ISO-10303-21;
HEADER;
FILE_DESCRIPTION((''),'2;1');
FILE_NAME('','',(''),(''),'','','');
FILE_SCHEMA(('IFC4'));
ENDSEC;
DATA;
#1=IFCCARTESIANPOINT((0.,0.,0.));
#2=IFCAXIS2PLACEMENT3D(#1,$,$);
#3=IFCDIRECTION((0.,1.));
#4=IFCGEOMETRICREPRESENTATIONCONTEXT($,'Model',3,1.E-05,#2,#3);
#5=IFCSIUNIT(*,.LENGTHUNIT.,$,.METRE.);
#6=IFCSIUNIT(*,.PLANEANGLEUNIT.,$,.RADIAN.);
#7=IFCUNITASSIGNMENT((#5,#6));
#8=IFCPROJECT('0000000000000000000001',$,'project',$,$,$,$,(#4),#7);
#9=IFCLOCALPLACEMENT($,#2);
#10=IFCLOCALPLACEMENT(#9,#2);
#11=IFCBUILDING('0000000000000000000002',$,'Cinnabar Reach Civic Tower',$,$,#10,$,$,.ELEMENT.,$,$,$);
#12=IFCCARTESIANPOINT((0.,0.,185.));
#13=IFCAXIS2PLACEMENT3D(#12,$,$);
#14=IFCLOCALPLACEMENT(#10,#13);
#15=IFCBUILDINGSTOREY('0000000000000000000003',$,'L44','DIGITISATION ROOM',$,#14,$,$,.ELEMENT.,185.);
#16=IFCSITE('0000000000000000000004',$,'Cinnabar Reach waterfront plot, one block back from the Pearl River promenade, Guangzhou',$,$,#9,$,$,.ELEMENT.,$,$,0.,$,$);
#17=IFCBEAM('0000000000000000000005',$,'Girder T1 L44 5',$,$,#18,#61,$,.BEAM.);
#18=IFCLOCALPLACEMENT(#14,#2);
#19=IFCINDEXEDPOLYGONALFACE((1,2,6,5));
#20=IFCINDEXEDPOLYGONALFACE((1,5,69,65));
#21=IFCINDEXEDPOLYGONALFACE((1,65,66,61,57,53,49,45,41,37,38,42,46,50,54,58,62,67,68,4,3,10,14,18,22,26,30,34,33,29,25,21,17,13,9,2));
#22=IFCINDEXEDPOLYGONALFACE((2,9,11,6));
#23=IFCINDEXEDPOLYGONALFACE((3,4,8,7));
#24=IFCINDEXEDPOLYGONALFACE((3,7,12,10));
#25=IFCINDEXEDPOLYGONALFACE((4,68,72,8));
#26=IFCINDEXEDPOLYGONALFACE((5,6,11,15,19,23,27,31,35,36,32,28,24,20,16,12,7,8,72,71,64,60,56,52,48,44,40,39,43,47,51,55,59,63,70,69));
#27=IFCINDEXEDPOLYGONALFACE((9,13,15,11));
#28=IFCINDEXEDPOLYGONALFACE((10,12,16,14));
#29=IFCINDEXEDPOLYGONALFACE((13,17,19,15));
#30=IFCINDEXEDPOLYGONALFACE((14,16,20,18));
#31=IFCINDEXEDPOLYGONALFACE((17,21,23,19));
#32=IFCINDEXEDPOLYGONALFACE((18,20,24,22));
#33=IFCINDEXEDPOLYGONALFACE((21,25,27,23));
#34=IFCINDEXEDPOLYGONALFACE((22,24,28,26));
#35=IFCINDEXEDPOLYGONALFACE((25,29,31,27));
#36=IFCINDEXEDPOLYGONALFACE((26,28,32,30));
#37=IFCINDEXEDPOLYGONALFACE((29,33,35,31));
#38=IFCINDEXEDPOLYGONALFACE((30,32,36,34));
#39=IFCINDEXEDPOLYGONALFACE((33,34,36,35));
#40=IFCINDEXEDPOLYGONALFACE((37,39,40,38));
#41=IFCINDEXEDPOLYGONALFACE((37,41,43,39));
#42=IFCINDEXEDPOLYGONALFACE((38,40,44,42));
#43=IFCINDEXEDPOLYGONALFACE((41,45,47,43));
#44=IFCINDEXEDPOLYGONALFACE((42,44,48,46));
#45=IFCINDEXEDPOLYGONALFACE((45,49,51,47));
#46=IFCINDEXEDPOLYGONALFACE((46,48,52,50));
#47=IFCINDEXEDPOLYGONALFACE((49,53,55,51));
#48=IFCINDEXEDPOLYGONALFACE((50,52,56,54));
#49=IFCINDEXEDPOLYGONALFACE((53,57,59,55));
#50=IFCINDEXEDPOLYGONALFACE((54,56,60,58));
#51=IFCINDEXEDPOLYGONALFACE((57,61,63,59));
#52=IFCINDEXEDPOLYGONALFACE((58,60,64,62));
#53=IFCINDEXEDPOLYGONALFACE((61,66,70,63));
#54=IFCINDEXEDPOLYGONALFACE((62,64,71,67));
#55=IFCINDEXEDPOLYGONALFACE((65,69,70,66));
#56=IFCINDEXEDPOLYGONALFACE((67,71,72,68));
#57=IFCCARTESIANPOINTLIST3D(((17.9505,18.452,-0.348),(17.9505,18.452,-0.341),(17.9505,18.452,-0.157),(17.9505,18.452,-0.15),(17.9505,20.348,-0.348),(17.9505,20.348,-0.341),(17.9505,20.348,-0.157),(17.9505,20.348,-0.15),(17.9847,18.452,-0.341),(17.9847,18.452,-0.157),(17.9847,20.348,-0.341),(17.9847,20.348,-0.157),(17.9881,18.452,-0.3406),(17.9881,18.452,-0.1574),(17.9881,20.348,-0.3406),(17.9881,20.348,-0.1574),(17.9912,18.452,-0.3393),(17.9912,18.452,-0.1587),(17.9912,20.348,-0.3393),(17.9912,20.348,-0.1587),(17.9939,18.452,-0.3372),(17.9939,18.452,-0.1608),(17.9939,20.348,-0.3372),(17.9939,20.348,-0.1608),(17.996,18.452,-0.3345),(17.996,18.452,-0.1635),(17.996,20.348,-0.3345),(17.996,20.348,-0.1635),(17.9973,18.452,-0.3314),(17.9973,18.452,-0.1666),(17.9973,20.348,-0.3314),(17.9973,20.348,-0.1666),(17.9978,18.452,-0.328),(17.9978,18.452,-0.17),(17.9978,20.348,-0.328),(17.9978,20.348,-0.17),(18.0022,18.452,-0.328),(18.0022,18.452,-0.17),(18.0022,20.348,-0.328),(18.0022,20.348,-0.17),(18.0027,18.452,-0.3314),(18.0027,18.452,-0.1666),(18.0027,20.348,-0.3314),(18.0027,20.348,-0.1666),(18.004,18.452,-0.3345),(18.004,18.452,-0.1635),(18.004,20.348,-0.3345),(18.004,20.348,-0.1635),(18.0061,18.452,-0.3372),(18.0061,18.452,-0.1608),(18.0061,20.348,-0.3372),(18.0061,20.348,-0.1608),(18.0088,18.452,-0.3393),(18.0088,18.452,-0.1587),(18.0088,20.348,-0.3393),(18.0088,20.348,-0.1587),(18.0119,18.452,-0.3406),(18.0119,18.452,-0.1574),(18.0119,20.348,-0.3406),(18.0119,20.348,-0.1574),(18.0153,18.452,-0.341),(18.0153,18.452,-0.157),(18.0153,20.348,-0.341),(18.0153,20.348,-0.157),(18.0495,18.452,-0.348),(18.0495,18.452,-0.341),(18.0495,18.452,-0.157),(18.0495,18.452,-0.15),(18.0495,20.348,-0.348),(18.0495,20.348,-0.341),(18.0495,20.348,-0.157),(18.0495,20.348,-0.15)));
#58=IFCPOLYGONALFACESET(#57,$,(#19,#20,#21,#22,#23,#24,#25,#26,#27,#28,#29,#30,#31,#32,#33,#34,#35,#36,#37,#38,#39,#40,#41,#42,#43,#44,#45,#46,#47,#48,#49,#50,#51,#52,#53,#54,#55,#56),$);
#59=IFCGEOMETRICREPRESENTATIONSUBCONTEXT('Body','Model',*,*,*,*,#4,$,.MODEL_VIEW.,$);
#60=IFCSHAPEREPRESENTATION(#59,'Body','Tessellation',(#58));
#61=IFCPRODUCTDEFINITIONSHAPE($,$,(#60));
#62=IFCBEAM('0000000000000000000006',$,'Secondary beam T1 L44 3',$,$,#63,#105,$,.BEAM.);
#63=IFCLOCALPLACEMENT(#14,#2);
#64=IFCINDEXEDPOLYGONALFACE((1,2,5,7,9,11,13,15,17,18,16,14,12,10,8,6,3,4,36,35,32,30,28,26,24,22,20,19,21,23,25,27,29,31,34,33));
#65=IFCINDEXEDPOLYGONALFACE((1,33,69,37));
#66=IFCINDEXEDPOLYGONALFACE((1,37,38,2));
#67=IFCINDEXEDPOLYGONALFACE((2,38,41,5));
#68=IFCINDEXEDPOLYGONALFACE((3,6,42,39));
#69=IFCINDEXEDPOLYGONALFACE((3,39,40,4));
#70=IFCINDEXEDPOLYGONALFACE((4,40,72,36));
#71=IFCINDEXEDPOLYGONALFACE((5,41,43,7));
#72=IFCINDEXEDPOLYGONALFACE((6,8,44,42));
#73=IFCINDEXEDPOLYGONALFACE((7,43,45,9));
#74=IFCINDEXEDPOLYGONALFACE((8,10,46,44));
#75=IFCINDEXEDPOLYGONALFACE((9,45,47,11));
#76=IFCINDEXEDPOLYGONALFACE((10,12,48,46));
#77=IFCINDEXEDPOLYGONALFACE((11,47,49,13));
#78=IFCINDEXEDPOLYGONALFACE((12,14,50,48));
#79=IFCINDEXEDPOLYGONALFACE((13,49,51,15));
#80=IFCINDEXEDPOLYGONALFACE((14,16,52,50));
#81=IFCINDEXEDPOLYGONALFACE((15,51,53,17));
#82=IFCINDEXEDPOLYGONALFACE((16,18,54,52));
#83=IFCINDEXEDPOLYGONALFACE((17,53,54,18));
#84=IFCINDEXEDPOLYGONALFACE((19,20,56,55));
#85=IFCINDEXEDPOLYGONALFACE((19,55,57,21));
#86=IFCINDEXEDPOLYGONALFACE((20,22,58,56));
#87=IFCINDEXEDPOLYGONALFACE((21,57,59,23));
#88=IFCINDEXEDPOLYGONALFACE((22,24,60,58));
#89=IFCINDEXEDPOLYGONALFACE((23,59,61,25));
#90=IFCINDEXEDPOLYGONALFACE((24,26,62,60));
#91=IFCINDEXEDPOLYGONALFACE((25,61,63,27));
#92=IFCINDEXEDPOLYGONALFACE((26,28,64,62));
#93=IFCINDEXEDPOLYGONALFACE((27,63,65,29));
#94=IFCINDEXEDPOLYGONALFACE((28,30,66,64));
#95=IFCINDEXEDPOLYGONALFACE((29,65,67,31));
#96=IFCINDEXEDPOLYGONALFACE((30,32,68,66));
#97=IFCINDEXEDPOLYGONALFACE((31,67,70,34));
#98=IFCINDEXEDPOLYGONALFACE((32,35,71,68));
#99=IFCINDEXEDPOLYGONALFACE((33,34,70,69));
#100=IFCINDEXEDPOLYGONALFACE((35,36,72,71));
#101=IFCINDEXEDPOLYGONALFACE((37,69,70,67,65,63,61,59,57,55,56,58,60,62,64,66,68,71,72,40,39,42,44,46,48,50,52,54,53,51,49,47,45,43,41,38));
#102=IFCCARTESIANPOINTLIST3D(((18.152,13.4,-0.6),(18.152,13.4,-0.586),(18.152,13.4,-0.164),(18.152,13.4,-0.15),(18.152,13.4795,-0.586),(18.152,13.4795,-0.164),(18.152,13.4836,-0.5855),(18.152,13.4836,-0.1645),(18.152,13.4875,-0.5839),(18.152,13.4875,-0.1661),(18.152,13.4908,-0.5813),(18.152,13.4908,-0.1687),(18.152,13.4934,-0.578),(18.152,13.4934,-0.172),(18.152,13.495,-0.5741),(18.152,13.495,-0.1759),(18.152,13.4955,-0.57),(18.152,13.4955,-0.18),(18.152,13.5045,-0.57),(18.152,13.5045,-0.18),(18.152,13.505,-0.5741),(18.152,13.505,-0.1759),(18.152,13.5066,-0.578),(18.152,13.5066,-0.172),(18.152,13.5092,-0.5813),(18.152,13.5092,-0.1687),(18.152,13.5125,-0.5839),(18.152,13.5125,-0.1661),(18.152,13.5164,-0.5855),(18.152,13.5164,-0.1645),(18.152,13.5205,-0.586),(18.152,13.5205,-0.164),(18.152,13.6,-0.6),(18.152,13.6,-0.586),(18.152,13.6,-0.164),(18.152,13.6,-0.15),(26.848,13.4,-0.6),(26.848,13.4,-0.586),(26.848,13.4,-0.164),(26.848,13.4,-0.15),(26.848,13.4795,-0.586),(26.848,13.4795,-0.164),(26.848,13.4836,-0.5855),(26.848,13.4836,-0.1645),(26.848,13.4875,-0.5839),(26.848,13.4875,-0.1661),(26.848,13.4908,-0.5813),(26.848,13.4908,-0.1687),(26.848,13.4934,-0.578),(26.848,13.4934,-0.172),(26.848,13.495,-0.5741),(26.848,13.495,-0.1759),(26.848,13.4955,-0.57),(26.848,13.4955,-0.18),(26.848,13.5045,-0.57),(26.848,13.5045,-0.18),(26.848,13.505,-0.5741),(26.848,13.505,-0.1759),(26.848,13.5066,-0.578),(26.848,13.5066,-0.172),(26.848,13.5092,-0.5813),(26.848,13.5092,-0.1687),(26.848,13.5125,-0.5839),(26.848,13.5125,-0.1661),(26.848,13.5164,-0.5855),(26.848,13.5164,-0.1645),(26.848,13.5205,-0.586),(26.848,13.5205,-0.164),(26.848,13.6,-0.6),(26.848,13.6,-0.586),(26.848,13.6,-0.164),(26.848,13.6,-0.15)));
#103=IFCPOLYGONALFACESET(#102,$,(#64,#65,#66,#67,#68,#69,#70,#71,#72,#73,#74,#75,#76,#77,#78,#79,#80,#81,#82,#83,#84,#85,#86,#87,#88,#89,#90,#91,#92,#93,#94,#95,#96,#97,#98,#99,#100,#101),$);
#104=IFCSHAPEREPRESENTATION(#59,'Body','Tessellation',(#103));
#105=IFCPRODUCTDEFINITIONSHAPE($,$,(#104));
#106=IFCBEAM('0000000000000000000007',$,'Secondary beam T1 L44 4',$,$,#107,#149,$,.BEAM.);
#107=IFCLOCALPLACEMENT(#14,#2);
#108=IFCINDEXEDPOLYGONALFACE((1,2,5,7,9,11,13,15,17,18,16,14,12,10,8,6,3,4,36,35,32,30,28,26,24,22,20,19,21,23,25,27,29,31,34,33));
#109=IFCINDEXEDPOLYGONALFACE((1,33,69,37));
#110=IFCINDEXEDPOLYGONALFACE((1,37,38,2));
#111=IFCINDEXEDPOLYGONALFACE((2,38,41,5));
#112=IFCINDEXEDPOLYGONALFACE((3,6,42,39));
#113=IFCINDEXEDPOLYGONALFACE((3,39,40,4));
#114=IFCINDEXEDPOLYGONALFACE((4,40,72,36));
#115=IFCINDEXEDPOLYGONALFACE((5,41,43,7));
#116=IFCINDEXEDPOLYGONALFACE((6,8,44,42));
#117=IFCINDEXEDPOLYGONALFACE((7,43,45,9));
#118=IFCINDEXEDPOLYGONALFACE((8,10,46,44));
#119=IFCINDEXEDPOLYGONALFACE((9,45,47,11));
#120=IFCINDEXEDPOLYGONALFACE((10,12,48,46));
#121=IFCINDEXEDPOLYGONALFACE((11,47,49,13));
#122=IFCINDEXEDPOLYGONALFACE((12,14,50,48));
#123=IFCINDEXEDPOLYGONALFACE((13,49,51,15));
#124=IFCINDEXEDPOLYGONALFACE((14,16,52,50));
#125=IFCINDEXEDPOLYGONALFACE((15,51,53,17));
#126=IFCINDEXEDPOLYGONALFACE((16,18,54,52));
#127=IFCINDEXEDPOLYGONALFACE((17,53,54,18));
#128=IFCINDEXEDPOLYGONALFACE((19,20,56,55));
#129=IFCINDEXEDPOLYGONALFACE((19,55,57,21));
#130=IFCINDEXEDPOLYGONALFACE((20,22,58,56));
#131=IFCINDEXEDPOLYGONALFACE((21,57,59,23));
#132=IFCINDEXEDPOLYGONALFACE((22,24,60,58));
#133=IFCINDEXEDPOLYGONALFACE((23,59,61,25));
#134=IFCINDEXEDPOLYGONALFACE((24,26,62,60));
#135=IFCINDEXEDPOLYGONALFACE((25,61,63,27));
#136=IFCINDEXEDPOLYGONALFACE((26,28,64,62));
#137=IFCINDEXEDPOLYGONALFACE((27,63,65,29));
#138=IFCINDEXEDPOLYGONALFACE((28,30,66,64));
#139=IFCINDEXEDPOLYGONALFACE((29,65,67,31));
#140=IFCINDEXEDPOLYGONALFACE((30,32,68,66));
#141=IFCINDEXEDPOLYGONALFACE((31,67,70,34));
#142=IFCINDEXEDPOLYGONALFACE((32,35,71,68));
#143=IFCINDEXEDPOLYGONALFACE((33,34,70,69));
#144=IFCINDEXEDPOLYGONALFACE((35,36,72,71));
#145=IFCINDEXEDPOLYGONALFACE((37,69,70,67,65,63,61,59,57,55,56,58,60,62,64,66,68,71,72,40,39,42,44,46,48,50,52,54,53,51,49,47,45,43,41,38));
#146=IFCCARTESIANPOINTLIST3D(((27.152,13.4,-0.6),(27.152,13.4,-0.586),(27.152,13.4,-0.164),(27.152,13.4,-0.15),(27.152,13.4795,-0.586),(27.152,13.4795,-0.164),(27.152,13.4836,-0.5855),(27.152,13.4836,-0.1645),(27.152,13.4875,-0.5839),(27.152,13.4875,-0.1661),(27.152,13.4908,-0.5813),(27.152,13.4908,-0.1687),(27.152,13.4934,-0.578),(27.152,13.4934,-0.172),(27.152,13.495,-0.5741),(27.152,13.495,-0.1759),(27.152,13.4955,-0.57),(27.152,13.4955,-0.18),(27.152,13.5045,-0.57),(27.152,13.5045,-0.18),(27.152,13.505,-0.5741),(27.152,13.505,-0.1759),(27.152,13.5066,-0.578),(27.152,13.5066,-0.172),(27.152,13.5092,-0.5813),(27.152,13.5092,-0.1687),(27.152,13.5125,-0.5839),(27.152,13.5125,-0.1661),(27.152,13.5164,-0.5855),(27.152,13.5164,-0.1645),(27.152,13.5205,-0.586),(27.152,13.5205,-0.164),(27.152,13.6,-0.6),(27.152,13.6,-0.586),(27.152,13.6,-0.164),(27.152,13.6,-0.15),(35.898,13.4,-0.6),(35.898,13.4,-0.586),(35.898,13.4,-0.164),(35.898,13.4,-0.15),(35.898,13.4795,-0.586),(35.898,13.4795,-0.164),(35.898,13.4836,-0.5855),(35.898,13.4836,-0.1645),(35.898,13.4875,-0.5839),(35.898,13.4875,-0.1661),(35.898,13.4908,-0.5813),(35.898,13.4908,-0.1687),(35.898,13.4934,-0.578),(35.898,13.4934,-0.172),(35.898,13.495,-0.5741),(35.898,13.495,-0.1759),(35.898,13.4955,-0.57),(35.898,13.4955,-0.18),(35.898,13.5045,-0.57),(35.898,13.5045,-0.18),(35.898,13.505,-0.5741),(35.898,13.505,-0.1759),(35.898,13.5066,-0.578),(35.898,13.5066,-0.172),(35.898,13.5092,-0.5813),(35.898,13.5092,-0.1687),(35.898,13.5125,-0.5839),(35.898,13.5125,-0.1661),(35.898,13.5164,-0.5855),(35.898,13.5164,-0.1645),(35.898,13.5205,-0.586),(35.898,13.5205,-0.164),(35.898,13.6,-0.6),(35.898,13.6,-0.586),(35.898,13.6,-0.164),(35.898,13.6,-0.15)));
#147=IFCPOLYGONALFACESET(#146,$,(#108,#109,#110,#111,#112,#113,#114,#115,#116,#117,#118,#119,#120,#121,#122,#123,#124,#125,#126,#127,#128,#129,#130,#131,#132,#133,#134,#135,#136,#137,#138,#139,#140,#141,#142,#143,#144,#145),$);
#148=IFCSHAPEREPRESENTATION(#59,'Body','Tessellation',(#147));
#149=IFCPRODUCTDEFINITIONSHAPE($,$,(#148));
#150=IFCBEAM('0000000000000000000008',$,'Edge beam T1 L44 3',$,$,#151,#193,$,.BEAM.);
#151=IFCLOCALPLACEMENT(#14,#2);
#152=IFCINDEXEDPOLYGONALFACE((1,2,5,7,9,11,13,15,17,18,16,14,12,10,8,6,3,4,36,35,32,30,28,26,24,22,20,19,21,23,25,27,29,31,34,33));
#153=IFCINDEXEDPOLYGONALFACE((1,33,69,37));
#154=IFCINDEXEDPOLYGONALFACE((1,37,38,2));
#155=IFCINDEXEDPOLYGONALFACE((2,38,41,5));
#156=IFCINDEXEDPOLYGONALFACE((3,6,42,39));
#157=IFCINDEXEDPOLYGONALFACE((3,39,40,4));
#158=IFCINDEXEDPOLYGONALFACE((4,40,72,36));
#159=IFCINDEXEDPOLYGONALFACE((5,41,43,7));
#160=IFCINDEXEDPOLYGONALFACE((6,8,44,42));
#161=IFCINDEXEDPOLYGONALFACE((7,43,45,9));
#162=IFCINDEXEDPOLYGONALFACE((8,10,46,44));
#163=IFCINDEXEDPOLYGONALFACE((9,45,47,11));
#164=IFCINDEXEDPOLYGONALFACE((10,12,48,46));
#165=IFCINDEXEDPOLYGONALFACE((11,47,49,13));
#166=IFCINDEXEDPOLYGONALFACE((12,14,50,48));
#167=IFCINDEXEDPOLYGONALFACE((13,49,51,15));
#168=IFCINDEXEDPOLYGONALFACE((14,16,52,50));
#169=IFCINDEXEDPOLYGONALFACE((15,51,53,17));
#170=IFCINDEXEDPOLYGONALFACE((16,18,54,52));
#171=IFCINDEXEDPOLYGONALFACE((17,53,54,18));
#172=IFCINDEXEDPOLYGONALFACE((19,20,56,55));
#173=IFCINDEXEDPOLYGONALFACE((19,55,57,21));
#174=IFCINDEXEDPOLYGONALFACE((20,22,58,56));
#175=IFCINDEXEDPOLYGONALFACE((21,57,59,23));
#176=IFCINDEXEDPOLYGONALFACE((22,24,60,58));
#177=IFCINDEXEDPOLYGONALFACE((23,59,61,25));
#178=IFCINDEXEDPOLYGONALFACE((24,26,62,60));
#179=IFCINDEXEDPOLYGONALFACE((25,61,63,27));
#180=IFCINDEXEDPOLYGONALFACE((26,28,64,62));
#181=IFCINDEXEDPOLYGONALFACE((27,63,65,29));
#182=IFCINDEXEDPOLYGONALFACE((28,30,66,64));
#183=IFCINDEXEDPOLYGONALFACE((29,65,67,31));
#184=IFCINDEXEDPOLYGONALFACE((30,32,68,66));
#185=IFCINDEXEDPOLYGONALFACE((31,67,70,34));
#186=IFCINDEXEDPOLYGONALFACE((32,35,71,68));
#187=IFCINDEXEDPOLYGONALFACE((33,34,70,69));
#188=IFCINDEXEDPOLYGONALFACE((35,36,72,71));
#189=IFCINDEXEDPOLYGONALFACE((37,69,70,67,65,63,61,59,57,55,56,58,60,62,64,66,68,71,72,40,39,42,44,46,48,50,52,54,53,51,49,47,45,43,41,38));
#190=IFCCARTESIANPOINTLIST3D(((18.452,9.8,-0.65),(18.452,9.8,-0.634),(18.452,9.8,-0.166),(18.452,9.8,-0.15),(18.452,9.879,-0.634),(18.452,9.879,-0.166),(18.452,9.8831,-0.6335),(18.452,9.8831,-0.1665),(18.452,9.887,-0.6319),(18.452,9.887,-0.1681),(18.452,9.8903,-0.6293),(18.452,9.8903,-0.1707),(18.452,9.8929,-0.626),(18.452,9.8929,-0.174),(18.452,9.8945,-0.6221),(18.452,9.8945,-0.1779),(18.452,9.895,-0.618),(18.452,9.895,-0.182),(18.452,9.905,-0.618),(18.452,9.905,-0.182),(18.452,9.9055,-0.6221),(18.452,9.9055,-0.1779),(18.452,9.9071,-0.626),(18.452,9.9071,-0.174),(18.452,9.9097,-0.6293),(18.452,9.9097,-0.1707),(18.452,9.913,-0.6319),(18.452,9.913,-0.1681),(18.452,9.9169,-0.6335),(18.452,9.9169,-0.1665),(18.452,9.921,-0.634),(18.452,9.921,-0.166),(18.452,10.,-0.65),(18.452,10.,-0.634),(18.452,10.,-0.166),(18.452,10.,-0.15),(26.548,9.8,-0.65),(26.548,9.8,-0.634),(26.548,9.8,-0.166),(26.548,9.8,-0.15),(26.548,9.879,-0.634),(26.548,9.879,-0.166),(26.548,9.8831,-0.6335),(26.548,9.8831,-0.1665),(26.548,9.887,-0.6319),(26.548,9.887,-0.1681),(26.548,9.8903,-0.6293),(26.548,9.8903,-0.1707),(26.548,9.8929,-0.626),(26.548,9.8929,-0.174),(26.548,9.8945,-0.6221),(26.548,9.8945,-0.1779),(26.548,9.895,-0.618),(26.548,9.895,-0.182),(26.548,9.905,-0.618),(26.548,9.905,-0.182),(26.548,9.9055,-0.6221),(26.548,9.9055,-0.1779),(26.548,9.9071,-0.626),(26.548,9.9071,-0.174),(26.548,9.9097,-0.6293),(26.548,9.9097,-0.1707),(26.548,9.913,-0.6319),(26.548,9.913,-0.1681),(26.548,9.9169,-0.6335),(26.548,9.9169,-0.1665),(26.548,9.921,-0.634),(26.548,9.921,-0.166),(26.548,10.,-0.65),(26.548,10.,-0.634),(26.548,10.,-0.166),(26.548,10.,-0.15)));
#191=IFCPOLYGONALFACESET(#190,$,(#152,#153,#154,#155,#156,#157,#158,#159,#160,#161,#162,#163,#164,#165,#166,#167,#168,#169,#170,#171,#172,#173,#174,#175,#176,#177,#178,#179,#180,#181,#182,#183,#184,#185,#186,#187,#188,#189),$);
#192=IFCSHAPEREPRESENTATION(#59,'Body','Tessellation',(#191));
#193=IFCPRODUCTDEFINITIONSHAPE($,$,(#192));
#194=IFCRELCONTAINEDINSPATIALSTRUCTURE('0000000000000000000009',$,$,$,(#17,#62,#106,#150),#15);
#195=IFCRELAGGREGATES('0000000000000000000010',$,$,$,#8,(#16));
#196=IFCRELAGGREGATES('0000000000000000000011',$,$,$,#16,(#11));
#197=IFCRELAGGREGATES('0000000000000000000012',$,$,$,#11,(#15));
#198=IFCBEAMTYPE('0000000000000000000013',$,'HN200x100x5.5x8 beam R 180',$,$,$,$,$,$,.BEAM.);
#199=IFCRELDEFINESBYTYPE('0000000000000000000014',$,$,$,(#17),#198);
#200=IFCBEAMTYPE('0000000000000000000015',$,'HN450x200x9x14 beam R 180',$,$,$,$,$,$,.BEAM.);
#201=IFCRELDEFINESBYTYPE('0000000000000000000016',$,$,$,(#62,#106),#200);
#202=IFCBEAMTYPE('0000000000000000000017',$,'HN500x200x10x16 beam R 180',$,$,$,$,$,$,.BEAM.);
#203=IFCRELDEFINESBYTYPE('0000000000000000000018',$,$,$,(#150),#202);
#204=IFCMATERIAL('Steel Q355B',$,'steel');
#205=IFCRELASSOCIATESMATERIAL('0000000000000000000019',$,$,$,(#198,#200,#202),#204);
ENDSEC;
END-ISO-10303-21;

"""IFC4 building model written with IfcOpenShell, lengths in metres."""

from ifc_helpers import new_model, si_unit, direction, frame, origin, origin_2d, place, context, subcontext, project, spatial, i_section, extrude, material, material_profile, profile_set, type_object, element, save


model = new_model("IFC4")

# Units and contexts
model_context = context("Model", 3, precision=1e-05, world=origin(), true_north=direction((0.0, 1.0)))
body_context = subcontext(model_context, "Body", "Model", "MODEL_VIEW")
ifc_project = project(units=[si_unit("LENGTHUNIT", "METRE"), si_unit("PLANEANGLEUNIT", "RADIAN")], contexts=[model_context])

# Site, building, storey
site_placement = place(None, origin())
site = spatial("IfcSite", under=ifc_project, at=site_placement, Name="Cinnabar Reach waterfront plot, one block back from the Pearl River promenade, Guangzhou", CompositionType="ELEMENT", RefElevation=0.0)
building_placement = place(site_placement, origin())
building = spatial("IfcBuilding", under=site, at=building_placement, Name="Cinnabar Reach Civic Tower", CompositionType="ELEMENT")
storey_placement = place(building_placement, frame((0.0, 0.0, 185.0)))
storey = spatial("IfcBuildingStorey", under=building, at=storey_placement, Name="L44", Description="DIGITISATION ROOM", CompositionType="ELEMENT", Elevation=185.0)

# Beams
ifc_material_1 = material(Name="Steel Q355B", Category="steel")
ifc_material_profile_1 = material_profile(ifc_material_1, i_section(OverallWidth=0.099, OverallDepth=0.198, WebThickness=0.0045, FlangeThickness=0.007, FilletRadius=0.013, at=origin_2d()), Name="HN200x100x5.5x8")
ifc_profile_set_1 = profile_set([ifc_material_profile_1], Name="Steel Q355B")
beam_type_1 = type_object("IfcBeamType", Name="HN200x100x5.5x8 beam R 180", PredefinedType="BEAM", material=ifc_profile_set_1)
beam_1_placement = place(storey_placement, frame((18.0, 18.452, -0.249), z_axis=(0.0, 1.0, 0.0), x_axis=(-1.0, 0.0, 0.0)))
element("IfcBeam", 1, at=beam_1_placement, inside=storey, type_object=beam_type_1, Name="Girder T1 L44 5", PredefinedType="BEAM", context=body_context, shape_type="SweptSolid", body=[
    extrude(i_section(OverallWidth=0.099, OverallDepth=0.198, WebThickness=0.0045, FlangeThickness=0.007, FilletRadius=0.013, at=origin_2d()), origin(), (0.0, 0.0, 1.0), 1.896),
])
ifc_material_profile_2 = material_profile(ifc_material_1, i_section(OverallWidth=0.2, OverallDepth=0.45, WebThickness=0.009, FlangeThickness=0.014, FilletRadius=0.016, at=origin_2d()), Name="HN450x200x9x14")
ifc_profile_set_2 = profile_set([ifc_material_profile_2], Name="Steel Q355B")
beam_type_2 = type_object("IfcBeamType", Name="HN450x200x9x14 beam R 180", PredefinedType="BEAM", material=ifc_profile_set_2)
beam_2_placement = place(storey_placement, frame((18.152, 13.5, -0.375), z_axis=(1.0, 0.0, 0.0), x_axis=(0.0, 1.0, 0.0)))
element("IfcBeam", 2, at=beam_2_placement, inside=storey, type_object=beam_type_2, Name="Secondary beam T1 L44 3", PredefinedType="BEAM", context=body_context, shape_type="SweptSolid", body=[
    extrude(i_section(OverallWidth=0.2, OverallDepth=0.45, WebThickness=0.009, FlangeThickness=0.014, FilletRadius=0.016, at=origin_2d()), origin(), (0.0, 0.0, 1.0), 8.696),
])
beam_3_placement = place(storey_placement, frame((27.152, 13.5, -0.375), z_axis=(1.0, 0.0, 0.0), x_axis=(0.0, 1.0, 0.0)))
element("IfcBeam", 3, at=beam_3_placement, inside=storey, type_object=beam_type_2, Name="Secondary beam T1 L44 4", PredefinedType="BEAM", context=body_context, shape_type="SweptSolid", body=[
    extrude(i_section(OverallWidth=0.2, OverallDepth=0.45, WebThickness=0.009, FlangeThickness=0.014, FilletRadius=0.016, at=origin_2d()), origin(), (0.0, 0.0, 1.0), 8.746),
])
ifc_material_profile_3 = material_profile(ifc_material_1, i_section(OverallWidth=0.2, OverallDepth=0.5, WebThickness=0.01, FlangeThickness=0.016, FilletRadius=0.016, at=origin_2d()), Name="HN500x200x10x16")
ifc_profile_set_3 = profile_set([ifc_material_profile_3], Name="Steel Q355B")
beam_type_3 = type_object("IfcBeamType", Name="HN500x200x10x16 beam R 180", PredefinedType="BEAM", material=ifc_profile_set_3)
beam_4_placement = place(storey_placement, frame((18.452, 9.9, -0.4), z_axis=(1.0, 0.0, 0.0), x_axis=(0.0, 1.0, 0.0)))
element("IfcBeam", 4, at=beam_4_placement, inside=storey, type_object=beam_type_3, Name="Edge beam T1 L44 3", PredefinedType="BEAM", context=body_context, shape_type="SweptSolid", body=[
    extrude(i_section(OverallWidth=0.2, OverallDepth=0.5, WebThickness=0.01, FlangeThickness=0.016, FilletRadius=0.016, at=origin_2d()), origin(), (0.0, 0.0, 1.0), 8.096),
])

save(model, "model.ifc")
